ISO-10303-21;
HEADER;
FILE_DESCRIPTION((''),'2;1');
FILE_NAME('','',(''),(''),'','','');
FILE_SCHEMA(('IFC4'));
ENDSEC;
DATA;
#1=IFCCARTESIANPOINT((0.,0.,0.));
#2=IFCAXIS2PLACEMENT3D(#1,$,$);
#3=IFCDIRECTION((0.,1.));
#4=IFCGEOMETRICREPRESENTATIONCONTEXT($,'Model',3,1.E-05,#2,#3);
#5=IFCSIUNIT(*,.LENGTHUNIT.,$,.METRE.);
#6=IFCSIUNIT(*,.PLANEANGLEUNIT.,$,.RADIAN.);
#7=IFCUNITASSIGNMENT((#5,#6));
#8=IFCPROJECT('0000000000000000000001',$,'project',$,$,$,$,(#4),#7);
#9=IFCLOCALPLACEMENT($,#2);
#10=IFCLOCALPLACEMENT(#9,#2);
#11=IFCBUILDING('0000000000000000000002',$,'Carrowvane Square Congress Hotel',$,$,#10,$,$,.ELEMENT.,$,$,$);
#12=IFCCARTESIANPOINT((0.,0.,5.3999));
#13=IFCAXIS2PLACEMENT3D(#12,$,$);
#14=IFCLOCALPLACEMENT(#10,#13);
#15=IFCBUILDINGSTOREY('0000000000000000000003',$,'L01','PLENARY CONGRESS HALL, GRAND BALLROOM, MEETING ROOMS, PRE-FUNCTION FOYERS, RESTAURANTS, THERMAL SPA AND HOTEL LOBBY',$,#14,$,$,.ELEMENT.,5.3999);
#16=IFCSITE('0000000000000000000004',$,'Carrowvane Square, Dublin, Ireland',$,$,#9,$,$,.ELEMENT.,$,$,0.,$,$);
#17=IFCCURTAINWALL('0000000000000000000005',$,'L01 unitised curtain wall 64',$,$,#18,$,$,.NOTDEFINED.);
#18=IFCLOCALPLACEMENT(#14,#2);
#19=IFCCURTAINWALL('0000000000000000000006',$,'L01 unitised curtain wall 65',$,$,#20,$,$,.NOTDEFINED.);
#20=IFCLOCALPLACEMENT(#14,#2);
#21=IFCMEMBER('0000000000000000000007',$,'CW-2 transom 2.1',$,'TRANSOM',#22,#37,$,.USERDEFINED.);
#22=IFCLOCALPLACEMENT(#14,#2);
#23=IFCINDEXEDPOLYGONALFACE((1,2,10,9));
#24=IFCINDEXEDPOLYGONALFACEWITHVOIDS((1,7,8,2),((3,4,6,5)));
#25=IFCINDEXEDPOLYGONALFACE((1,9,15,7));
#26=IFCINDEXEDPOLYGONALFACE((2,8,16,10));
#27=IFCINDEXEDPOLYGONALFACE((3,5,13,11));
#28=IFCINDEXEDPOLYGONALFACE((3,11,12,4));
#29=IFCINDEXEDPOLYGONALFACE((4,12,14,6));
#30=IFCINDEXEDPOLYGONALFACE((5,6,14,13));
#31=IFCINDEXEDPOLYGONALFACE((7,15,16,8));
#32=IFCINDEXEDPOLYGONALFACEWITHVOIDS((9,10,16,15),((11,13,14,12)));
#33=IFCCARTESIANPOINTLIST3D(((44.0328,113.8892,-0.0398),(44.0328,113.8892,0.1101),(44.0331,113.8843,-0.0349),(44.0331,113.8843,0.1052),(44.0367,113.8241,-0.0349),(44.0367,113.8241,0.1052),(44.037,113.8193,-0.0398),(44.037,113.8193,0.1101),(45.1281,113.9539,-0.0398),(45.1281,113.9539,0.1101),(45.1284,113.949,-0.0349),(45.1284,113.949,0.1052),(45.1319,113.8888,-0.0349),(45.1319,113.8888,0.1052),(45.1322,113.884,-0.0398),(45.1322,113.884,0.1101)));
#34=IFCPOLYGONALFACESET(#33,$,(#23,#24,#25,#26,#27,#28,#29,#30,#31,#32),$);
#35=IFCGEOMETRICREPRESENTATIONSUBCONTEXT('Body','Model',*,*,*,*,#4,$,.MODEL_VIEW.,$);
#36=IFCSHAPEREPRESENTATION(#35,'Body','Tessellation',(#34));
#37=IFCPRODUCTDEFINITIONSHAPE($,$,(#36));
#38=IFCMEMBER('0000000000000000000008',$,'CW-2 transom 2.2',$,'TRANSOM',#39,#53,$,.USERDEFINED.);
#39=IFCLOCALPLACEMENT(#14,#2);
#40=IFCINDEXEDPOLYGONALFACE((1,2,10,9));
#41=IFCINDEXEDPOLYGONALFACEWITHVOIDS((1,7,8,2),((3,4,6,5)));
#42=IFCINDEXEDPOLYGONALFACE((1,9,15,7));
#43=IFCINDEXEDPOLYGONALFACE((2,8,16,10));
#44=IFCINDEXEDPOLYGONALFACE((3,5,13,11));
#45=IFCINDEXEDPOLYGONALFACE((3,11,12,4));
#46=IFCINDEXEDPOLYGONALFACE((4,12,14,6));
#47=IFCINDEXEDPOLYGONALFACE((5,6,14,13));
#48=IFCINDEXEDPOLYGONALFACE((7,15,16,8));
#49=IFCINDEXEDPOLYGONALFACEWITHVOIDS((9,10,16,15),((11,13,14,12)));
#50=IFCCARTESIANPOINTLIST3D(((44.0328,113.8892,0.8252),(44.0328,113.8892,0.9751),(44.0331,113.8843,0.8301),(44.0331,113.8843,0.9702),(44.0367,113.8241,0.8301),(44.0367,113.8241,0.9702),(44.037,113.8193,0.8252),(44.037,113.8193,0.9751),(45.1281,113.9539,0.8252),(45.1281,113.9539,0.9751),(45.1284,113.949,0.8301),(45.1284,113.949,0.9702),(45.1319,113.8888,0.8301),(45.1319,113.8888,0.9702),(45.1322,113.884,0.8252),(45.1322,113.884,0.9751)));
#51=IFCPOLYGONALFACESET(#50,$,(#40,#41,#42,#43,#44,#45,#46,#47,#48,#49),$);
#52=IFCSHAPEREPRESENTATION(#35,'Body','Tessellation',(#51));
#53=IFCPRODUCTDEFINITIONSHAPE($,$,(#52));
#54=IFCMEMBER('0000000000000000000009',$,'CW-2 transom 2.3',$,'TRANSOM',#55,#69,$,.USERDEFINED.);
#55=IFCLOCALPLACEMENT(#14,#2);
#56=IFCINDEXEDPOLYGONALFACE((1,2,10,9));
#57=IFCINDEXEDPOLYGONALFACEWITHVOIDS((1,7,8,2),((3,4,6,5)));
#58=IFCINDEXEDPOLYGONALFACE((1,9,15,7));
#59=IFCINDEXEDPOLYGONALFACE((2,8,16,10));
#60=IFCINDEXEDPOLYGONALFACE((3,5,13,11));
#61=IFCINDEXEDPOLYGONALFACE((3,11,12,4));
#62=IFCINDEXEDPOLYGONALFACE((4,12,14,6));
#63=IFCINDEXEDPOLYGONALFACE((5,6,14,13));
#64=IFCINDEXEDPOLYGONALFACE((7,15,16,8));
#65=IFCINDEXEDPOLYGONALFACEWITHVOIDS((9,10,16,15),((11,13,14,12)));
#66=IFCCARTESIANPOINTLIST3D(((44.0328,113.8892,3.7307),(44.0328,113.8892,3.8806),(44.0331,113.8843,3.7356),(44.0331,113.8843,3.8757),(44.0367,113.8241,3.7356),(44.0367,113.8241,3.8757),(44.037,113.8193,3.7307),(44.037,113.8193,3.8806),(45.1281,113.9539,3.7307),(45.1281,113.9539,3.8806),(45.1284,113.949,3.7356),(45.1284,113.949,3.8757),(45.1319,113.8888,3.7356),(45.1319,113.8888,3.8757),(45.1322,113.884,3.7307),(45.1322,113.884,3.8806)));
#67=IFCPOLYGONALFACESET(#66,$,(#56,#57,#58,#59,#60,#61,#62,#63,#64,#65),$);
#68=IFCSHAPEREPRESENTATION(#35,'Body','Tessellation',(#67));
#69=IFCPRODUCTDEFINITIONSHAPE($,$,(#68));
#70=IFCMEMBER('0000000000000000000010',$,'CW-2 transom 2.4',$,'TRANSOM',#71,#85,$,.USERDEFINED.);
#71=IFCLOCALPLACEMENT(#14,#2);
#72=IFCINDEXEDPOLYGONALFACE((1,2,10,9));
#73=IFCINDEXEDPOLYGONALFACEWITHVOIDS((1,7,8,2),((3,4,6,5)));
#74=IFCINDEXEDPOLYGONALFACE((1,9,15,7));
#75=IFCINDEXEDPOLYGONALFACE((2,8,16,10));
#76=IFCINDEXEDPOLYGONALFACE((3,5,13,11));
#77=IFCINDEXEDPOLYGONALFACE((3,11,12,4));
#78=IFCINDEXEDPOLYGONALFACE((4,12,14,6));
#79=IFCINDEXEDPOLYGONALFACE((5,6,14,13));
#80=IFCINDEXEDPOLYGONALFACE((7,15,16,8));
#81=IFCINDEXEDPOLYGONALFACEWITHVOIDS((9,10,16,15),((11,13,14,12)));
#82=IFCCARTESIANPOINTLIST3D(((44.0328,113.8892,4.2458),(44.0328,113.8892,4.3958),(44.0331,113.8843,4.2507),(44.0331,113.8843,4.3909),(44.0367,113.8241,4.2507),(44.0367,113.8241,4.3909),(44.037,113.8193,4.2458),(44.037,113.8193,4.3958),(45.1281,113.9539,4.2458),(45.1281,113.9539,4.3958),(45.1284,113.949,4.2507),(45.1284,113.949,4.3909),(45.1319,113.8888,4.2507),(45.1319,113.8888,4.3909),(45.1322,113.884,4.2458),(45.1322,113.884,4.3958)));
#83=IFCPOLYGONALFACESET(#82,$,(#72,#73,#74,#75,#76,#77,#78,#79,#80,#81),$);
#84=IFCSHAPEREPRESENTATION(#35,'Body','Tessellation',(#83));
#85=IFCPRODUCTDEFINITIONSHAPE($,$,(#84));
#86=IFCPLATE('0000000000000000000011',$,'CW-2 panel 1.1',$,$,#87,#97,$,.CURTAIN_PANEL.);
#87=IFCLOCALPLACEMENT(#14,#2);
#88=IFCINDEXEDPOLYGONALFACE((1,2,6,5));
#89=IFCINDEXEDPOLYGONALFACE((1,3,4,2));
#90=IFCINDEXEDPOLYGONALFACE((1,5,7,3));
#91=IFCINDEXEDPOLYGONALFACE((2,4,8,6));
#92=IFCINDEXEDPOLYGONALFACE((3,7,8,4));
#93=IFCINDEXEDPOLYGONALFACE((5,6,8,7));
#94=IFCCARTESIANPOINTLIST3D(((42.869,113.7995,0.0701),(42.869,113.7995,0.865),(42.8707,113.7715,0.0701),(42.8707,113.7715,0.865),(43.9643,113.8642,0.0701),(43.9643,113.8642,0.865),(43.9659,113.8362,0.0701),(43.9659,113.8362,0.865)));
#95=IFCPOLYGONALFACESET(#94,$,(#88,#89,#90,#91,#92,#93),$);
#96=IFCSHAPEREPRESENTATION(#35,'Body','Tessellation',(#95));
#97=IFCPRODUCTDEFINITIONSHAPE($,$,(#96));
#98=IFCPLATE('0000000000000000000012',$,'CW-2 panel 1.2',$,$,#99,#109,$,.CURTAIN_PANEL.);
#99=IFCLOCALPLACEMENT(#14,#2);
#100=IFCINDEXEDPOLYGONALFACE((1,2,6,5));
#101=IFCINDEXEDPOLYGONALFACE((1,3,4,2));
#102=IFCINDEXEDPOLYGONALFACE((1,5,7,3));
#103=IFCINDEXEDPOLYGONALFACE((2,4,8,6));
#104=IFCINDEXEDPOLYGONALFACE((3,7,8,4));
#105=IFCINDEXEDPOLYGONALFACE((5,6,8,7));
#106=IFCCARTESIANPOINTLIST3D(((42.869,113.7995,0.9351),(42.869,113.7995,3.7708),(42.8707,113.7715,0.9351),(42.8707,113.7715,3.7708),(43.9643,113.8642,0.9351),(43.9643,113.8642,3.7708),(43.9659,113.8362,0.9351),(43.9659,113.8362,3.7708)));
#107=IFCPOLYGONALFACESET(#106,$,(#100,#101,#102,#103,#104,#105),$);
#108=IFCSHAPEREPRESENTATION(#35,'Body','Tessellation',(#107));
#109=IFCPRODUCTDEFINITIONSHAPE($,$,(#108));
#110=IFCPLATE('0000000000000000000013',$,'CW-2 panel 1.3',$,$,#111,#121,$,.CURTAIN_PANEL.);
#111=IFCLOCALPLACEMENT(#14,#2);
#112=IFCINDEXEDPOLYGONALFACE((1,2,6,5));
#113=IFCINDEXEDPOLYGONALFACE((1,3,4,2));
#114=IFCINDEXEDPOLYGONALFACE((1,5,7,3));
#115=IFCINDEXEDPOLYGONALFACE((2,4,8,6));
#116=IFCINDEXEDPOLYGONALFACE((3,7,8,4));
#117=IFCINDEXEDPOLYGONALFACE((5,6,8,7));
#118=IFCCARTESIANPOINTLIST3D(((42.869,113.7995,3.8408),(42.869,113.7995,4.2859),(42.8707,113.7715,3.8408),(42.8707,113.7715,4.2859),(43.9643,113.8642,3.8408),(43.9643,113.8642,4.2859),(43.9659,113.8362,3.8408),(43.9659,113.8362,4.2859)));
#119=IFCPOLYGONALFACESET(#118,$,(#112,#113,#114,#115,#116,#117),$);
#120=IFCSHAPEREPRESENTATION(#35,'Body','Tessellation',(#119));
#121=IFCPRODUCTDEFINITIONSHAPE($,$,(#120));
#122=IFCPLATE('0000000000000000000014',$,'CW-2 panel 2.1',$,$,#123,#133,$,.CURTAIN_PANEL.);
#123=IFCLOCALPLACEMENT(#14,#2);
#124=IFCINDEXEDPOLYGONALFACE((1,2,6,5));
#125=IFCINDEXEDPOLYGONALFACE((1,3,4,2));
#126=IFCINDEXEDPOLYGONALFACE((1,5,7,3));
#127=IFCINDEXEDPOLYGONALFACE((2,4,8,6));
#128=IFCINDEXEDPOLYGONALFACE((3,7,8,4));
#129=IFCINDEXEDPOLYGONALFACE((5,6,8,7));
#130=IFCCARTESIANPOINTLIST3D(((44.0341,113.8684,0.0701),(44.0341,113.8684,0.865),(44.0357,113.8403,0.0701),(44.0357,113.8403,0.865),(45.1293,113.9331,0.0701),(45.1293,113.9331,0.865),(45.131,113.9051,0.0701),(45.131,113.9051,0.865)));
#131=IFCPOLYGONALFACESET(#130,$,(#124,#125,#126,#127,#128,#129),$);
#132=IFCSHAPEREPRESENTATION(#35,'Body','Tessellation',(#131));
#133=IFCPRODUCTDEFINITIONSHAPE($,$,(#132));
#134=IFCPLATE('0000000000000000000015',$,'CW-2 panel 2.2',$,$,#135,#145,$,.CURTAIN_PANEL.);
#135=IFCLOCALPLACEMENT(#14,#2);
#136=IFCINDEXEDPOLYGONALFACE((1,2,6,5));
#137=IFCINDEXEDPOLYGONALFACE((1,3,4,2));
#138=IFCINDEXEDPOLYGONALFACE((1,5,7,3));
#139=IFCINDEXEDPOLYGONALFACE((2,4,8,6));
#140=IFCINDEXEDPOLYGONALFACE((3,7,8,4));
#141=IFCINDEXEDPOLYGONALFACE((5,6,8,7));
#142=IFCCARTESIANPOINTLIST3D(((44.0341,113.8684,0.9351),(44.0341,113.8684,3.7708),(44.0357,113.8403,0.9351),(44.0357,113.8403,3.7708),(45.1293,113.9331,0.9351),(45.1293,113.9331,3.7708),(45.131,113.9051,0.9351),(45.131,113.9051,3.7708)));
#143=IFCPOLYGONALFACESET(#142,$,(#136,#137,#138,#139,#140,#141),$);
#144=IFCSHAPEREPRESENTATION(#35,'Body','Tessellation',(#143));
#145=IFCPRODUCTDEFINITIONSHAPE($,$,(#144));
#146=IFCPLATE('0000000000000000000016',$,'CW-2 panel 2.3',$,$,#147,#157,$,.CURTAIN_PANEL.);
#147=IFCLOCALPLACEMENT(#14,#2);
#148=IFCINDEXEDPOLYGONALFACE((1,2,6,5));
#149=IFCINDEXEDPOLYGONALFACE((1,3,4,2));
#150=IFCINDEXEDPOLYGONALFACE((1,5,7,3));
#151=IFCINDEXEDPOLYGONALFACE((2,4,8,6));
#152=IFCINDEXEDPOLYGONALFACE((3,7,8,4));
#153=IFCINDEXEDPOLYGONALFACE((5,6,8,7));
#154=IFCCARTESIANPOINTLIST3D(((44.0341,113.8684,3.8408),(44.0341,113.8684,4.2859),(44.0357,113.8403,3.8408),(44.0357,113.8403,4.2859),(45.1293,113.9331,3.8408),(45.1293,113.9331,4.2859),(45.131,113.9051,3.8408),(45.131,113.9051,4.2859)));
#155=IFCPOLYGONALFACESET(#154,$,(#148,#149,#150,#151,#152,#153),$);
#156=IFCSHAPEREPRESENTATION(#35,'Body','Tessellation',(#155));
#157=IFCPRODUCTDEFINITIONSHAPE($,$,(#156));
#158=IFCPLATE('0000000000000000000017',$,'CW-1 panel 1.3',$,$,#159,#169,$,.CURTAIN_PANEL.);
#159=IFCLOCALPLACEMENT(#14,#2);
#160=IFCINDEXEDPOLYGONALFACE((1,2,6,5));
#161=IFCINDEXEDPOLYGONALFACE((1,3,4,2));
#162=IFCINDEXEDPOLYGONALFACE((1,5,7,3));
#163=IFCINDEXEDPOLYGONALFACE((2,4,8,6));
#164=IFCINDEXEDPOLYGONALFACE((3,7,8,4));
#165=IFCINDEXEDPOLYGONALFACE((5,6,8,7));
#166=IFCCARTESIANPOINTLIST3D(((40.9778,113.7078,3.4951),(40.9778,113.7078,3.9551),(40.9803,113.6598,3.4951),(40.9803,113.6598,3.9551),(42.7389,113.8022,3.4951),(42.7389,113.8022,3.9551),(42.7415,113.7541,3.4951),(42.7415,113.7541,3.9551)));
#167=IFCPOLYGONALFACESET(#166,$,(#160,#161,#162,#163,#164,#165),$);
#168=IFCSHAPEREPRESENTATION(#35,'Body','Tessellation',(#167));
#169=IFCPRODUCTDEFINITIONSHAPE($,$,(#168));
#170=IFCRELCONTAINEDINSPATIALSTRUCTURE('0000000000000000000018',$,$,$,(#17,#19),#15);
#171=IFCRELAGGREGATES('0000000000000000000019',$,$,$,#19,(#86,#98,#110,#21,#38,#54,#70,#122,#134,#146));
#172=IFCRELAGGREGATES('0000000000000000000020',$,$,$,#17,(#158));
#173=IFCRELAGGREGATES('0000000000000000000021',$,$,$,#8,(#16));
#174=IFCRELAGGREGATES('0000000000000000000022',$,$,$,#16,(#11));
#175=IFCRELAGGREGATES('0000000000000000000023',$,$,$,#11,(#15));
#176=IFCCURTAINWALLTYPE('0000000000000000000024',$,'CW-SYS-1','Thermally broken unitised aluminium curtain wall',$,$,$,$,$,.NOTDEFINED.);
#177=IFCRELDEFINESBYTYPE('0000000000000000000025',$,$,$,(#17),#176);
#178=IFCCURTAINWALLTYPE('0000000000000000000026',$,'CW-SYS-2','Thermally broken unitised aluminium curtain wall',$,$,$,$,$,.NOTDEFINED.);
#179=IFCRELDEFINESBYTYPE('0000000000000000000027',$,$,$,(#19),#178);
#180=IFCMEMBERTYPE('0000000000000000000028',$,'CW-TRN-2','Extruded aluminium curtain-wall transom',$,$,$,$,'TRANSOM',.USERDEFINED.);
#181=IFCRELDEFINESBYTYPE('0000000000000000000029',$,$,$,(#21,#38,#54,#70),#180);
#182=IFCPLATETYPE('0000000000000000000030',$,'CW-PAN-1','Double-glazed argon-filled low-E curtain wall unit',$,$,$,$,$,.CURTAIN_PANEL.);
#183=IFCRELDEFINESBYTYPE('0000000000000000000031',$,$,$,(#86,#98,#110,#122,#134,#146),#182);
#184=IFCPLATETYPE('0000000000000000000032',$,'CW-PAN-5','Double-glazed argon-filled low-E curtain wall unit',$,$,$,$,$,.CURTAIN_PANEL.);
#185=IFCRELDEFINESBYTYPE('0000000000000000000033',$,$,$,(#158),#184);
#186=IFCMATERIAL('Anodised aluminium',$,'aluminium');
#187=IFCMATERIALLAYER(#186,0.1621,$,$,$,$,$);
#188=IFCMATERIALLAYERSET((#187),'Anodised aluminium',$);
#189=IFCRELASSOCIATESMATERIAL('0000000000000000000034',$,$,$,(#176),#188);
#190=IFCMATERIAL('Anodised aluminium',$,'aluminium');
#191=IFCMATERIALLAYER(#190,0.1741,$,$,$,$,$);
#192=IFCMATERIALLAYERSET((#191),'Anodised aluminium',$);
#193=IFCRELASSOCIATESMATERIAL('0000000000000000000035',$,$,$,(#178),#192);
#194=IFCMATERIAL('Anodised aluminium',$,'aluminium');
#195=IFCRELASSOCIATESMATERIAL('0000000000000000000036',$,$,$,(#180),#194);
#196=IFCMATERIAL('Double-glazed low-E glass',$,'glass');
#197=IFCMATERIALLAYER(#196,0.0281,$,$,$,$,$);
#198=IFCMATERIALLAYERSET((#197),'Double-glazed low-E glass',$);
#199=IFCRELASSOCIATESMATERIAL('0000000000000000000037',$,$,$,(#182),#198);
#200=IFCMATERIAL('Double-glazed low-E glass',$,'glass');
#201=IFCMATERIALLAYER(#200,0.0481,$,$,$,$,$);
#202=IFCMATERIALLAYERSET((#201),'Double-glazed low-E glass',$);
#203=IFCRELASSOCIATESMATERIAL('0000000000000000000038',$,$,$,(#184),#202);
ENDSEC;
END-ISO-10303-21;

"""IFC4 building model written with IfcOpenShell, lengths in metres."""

from ifc_helpers import new_model, si_unit, direction, frame, origin, origin_2d, place, context, subcontext, project, spatial, rectangle, hollow_rectangle, extrude, material, layer, layer_set, material_profile, profile_set, type_object, element, aggregate, save


model = new_model("IFC4")

# Units and contexts
model_context = context("Model", 3, precision=1e-05, world=origin(), true_north=direction((0.0, 1.0)))
body_context = subcontext(model_context, "Body", "Model", "MODEL_VIEW")
ifc_project = project(units=[si_unit("LENGTHUNIT", "METRE"), si_unit("PLANEANGLEUNIT", "RADIAN")], contexts=[model_context])

# Site, building, storey
site_placement = place(None, origin())
site = spatial("IfcSite", under=ifc_project, at=site_placement, Name="Carrowvane Square, Dublin, Ireland", CompositionType="ELEMENT", RefElevation=0.0)
building_placement = place(site_placement, origin())
building = spatial("IfcBuilding", under=site, at=building_placement, Name="Carrowvane Square Congress Hotel", CompositionType="ELEMENT")
storey_placement = place(building_placement, frame((0.0, 0.0, 5.3999)))
storey = spatial("IfcBuildingStorey", under=building, at=storey_placement, Name="L01", Description="PLENARY CONGRESS HALL, GRAND BALLROOM, MEETING ROOMS, PRE-FUNCTION FOYERS, RESTAURANTS, THERMAL SPA AND HOTEL LOBBY", CompositionType="ELEMENT", Elevation=5.3999)

# Curtain wall
ifc_material_1 = material(Name="Anodised aluminium", Category="aluminium")
ifc_layer_1 = layer(ifc_material_1, 0.1621)
ifc_layer_set_1 = layer_set([ifc_layer_1], Name="Anodised aluminium")
curtain_wall_type_1 = type_object("IfcCurtainWallType", Name="CW-SYS-1", Description="Thermally broken unitised aluminium curtain wall", PredefinedType="NOTDEFINED", material=ifc_layer_set_1)
curtain_wall_1_placement = place(storey_placement, origin())
curtain_wall_1 = element("IfcCurtainWall", 1, at=curtain_wall_1_placement, inside=storey, type_object=curtain_wall_type_1, Name="L01 unitised curtain wall 64", PredefinedType="NOTDEFINED")

# Curtain wall
ifc_material_2 = material(Name="Anodised aluminium", Category="aluminium")
ifc_layer_2 = layer(ifc_material_2, 0.1741)
ifc_layer_set_2 = layer_set([ifc_layer_2], Name="Anodised aluminium")
curtain_wall_type_2 = type_object("IfcCurtainWallType", Name="CW-SYS-2", Description="Thermally broken unitised aluminium curtain wall", PredefinedType="NOTDEFINED", material=ifc_layer_set_2)
curtain_wall_2_placement = place(storey_placement, origin())
curtain_wall_2 = element("IfcCurtainWall", 2, at=curtain_wall_2_placement, inside=storey, type_object=curtain_wall_type_2, Name="L01 unitised curtain wall 65", PredefinedType="NOTDEFINED")

# Members
ifc_material_3 = material(Name="Anodised aluminium", Category="aluminium")
ifc_material_profile_1 = material_profile(ifc_material_3, hollow_rectangle(XDim=0.0701, YDim=0.1499, WallThickness=0.0049, at=origin_2d()), Name="CW-TR 70x150x5")
ifc_profile_set_1 = profile_set([ifc_material_profile_1], Name="Anodised aluminium")
member_type_1 = type_object("IfcMemberType", Name="CW-TRN-2", Description="Extruded aluminium curtain-wall transom", ElementType="TRANSOM", PredefinedType="USERDEFINED", material=ifc_profile_set_1)
member_1_placement = place(storey_placement, frame((44.0349, 113.8542, 0.0352), z_axis=(0.99826, 0.05897, 0.0), x_axis=(-0.05897, 0.99826, 0.0)))
member_1 = element("IfcMember", 3, at=member_1_placement, type_object=member_type_1, Name="CW-2 transom 2.1", ObjectType="TRANSOM", PredefinedType="USERDEFINED", context=body_context, shape_type="SweptSolid", body=[
    extrude(hollow_rectangle(XDim=0.0701, YDim=0.1499, WallThickness=0.0049, at=origin_2d()), origin(), (0.0, 0.0, 1.0), 1.0972),
])
member_2_placement = place(storey_placement, frame((44.0349, 113.8542, 0.9001), z_axis=(0.99826, 0.05897, 0.0), x_axis=(-0.05897, 0.99826, 0.0)))
member_2 = element("IfcMember", 4, at=member_2_placement, type_object=member_type_1, Name="CW-2 transom 2.2", ObjectType="TRANSOM", PredefinedType="USERDEFINED", context=body_context, shape_type="SweptSolid", body=[
    extrude(hollow_rectangle(XDim=0.0701, YDim=0.1499, WallThickness=0.0049, at=origin_2d()), origin(), (0.0, 0.0, 1.0), 1.0972),
])
member_3_placement = place(storey_placement, frame((44.0349, 113.8542, 3.8057), z_axis=(0.99826, 0.05897, 0.0), x_axis=(-0.05897, 0.99826, 0.0)))
member_3 = element("IfcMember", 5, at=member_3_placement, type_object=member_type_1, Name="CW-2 transom 2.3", ObjectType="TRANSOM", PredefinedType="USERDEFINED", context=body_context, shape_type="SweptSolid", body=[
    extrude(hollow_rectangle(XDim=0.0701, YDim=0.1499, WallThickness=0.0049, at=origin_2d()), origin(), (0.0, 0.0, 1.0), 1.0972),
])
member_4_placement = place(storey_placement, frame((44.0349, 113.8542, 4.3208), z_axis=(0.99826, 0.05897, 0.0), x_axis=(-0.05897, 0.99826, 0.0)))
member_4 = element("IfcMember", 6, at=member_4_placement, type_object=member_type_1, Name="CW-2 transom 2.4", ObjectType="TRANSOM", PredefinedType="USERDEFINED", context=body_context, shape_type="SweptSolid", body=[
    extrude(hollow_rectangle(XDim=0.0701, YDim=0.1499, WallThickness=0.0049, at=origin_2d()), origin(), (0.0, 0.0, 1.0), 1.0972),
])

# Plates
ifc_material_4 = material(Name="Double-glazed low-E glass", Category="glass")
ifc_layer_3 = layer(ifc_material_4, 0.0281)
ifc_layer_set_3 = layer_set([ifc_layer_3], Name="Double-glazed low-E glass")
plate_type_1 = type_object("IfcPlateType", Name="CW-PAN-1", Description="Double-glazed argon-filled low-E curtain wall unit", PredefinedType="CURTAIN_PANEL", material=ifc_layer_set_3)
plate_1_placement = place(storey_placement, frame((43.4175, 113.8179, 0.0701), z_axis=(0.0, 0.0, 1.0), x_axis=(0.998259, 0.058989, 0.0)))
plate_1 = element("IfcPlate", 7, at=plate_1_placement, type_object=plate_type_1, Name="CW-2 panel 1.1", PredefinedType="CURTAIN_PANEL", context=body_context, shape_type="SweptSolid", body=[
    extrude(rectangle(XDim=1.0972, YDim=0.0281, at=origin_2d()), origin(), (0.0, 0.0, 1.0), 0.7949),
])
plate_2_placement = place(storey_placement, frame((43.4175, 113.8179, 0.9351), z_axis=(0.0, 0.0, 1.0), x_axis=(0.998259, 0.058989, 0.0)))
plate_2 = element("IfcPlate", 8, at=plate_2_placement, type_object=plate_type_1, Name="CW-2 panel 1.2", PredefinedType="CURTAIN_PANEL", context=body_context, shape_type="SweptSolid", body=[
    extrude(rectangle(XDim=1.0972, YDim=0.0281, at=origin_2d()), origin(), (0.0, 0.0, 1.0), 2.8357),
])
plate_3_placement = place(storey_placement, frame((43.4175, 113.8179, 3.8408), z_axis=(0.0, 0.0, 1.0), x_axis=(0.998259, 0.058989, 0.0)))
plate_3 = element("IfcPlate", 9, at=plate_3_placement, type_object=plate_type_1, Name="CW-2 panel 1.3", PredefinedType="CURTAIN_PANEL", context=body_context, shape_type="SweptSolid", body=[
    extrude(rectangle(XDim=1.0972, YDim=0.0281, at=origin_2d()), origin(), (0.0, 0.0, 1.0), 0.4451),
])
plate_4_placement = place(storey_placement, frame((44.5825, 113.8867, 0.0701), z_axis=(0.0, 0.0, 1.0), x_axis=(0.998259, 0.058989, 0.0)))
plate_4 = element("IfcPlate", 10, at=plate_4_placement, type_object=plate_type_1, Name="CW-2 panel 2.1", PredefinedType="CURTAIN_PANEL", context=body_context, shape_type="SweptSolid", body=[
    extrude(rectangle(XDim=1.0972, YDim=0.0281, at=origin_2d()), origin(), (0.0, 0.0, 1.0), 0.7949),
])
plate_5_placement = place(storey_placement, frame((44.5825, 113.8867, 0.9351), z_axis=(0.0, 0.0, 1.0), x_axis=(0.998259, 0.058989, 0.0)))
plate_5 = element("IfcPlate", 11, at=plate_5_placement, type_object=plate_type_1, Name="CW-2 panel 2.2", PredefinedType="CURTAIN_PANEL", context=body_context, shape_type="SweptSolid", body=[
    extrude(rectangle(XDim=1.0972, YDim=0.0281, at=origin_2d()), origin(), (0.0, 0.0, 1.0), 2.8357),
])
plate_6_placement = place(storey_placement, frame((44.5825, 113.8867, 3.8408), z_axis=(0.0, 0.0, 1.0), x_axis=(0.998259, 0.058989, 0.0)))
plate_6 = element("IfcPlate", 12, at=plate_6_placement, type_object=plate_type_1, Name="CW-2 panel 2.3", PredefinedType="CURTAIN_PANEL", context=body_context, shape_type="SweptSolid", body=[
    extrude(rectangle(XDim=1.0972, YDim=0.0281, at=origin_2d()), origin(), (0.0, 0.0, 1.0), 0.4451),
])
aggregate(curtain_wall_2, [plate_1, plate_2, plate_3, member_1, member_2, member_3, member_4, plate_4, plate_5, plate_6])
ifc_material_5 = material(Name="Double-glazed low-E glass", Category="glass")
ifc_layer_4 = layer(ifc_material_5, 0.0481)
ifc_layer_set_4 = layer_set([ifc_layer_4], Name="Double-glazed low-E glass")
plate_type_2 = type_object("IfcPlateType", Name="CW-PAN-5", Description="Double-glazed argon-filled low-E curtain wall unit", PredefinedType="CURTAIN_PANEL", material=ifc_layer_set_4)
plate_7_placement = place(storey_placement, frame((41.8596, 113.731, 3.4951), z_axis=(0.0, 0.0, 1.0), x_axis=(0.998567, 0.053515, 0.0)))
plate_7 = element("IfcPlate", 13, at=plate_7_placement, type_object=plate_type_2, Name="CW-1 panel 1.3", PredefinedType="CURTAIN_PANEL", context=body_context, shape_type="SweptSolid", body=[
    extrude(rectangle(XDim=1.7637, YDim=0.0481, at=origin_2d()), origin(), (0.0, 0.0, 1.0), 0.46),
])
aggregate(curtain_wall_1, [plate_7])

save(model, "model.ifc")
